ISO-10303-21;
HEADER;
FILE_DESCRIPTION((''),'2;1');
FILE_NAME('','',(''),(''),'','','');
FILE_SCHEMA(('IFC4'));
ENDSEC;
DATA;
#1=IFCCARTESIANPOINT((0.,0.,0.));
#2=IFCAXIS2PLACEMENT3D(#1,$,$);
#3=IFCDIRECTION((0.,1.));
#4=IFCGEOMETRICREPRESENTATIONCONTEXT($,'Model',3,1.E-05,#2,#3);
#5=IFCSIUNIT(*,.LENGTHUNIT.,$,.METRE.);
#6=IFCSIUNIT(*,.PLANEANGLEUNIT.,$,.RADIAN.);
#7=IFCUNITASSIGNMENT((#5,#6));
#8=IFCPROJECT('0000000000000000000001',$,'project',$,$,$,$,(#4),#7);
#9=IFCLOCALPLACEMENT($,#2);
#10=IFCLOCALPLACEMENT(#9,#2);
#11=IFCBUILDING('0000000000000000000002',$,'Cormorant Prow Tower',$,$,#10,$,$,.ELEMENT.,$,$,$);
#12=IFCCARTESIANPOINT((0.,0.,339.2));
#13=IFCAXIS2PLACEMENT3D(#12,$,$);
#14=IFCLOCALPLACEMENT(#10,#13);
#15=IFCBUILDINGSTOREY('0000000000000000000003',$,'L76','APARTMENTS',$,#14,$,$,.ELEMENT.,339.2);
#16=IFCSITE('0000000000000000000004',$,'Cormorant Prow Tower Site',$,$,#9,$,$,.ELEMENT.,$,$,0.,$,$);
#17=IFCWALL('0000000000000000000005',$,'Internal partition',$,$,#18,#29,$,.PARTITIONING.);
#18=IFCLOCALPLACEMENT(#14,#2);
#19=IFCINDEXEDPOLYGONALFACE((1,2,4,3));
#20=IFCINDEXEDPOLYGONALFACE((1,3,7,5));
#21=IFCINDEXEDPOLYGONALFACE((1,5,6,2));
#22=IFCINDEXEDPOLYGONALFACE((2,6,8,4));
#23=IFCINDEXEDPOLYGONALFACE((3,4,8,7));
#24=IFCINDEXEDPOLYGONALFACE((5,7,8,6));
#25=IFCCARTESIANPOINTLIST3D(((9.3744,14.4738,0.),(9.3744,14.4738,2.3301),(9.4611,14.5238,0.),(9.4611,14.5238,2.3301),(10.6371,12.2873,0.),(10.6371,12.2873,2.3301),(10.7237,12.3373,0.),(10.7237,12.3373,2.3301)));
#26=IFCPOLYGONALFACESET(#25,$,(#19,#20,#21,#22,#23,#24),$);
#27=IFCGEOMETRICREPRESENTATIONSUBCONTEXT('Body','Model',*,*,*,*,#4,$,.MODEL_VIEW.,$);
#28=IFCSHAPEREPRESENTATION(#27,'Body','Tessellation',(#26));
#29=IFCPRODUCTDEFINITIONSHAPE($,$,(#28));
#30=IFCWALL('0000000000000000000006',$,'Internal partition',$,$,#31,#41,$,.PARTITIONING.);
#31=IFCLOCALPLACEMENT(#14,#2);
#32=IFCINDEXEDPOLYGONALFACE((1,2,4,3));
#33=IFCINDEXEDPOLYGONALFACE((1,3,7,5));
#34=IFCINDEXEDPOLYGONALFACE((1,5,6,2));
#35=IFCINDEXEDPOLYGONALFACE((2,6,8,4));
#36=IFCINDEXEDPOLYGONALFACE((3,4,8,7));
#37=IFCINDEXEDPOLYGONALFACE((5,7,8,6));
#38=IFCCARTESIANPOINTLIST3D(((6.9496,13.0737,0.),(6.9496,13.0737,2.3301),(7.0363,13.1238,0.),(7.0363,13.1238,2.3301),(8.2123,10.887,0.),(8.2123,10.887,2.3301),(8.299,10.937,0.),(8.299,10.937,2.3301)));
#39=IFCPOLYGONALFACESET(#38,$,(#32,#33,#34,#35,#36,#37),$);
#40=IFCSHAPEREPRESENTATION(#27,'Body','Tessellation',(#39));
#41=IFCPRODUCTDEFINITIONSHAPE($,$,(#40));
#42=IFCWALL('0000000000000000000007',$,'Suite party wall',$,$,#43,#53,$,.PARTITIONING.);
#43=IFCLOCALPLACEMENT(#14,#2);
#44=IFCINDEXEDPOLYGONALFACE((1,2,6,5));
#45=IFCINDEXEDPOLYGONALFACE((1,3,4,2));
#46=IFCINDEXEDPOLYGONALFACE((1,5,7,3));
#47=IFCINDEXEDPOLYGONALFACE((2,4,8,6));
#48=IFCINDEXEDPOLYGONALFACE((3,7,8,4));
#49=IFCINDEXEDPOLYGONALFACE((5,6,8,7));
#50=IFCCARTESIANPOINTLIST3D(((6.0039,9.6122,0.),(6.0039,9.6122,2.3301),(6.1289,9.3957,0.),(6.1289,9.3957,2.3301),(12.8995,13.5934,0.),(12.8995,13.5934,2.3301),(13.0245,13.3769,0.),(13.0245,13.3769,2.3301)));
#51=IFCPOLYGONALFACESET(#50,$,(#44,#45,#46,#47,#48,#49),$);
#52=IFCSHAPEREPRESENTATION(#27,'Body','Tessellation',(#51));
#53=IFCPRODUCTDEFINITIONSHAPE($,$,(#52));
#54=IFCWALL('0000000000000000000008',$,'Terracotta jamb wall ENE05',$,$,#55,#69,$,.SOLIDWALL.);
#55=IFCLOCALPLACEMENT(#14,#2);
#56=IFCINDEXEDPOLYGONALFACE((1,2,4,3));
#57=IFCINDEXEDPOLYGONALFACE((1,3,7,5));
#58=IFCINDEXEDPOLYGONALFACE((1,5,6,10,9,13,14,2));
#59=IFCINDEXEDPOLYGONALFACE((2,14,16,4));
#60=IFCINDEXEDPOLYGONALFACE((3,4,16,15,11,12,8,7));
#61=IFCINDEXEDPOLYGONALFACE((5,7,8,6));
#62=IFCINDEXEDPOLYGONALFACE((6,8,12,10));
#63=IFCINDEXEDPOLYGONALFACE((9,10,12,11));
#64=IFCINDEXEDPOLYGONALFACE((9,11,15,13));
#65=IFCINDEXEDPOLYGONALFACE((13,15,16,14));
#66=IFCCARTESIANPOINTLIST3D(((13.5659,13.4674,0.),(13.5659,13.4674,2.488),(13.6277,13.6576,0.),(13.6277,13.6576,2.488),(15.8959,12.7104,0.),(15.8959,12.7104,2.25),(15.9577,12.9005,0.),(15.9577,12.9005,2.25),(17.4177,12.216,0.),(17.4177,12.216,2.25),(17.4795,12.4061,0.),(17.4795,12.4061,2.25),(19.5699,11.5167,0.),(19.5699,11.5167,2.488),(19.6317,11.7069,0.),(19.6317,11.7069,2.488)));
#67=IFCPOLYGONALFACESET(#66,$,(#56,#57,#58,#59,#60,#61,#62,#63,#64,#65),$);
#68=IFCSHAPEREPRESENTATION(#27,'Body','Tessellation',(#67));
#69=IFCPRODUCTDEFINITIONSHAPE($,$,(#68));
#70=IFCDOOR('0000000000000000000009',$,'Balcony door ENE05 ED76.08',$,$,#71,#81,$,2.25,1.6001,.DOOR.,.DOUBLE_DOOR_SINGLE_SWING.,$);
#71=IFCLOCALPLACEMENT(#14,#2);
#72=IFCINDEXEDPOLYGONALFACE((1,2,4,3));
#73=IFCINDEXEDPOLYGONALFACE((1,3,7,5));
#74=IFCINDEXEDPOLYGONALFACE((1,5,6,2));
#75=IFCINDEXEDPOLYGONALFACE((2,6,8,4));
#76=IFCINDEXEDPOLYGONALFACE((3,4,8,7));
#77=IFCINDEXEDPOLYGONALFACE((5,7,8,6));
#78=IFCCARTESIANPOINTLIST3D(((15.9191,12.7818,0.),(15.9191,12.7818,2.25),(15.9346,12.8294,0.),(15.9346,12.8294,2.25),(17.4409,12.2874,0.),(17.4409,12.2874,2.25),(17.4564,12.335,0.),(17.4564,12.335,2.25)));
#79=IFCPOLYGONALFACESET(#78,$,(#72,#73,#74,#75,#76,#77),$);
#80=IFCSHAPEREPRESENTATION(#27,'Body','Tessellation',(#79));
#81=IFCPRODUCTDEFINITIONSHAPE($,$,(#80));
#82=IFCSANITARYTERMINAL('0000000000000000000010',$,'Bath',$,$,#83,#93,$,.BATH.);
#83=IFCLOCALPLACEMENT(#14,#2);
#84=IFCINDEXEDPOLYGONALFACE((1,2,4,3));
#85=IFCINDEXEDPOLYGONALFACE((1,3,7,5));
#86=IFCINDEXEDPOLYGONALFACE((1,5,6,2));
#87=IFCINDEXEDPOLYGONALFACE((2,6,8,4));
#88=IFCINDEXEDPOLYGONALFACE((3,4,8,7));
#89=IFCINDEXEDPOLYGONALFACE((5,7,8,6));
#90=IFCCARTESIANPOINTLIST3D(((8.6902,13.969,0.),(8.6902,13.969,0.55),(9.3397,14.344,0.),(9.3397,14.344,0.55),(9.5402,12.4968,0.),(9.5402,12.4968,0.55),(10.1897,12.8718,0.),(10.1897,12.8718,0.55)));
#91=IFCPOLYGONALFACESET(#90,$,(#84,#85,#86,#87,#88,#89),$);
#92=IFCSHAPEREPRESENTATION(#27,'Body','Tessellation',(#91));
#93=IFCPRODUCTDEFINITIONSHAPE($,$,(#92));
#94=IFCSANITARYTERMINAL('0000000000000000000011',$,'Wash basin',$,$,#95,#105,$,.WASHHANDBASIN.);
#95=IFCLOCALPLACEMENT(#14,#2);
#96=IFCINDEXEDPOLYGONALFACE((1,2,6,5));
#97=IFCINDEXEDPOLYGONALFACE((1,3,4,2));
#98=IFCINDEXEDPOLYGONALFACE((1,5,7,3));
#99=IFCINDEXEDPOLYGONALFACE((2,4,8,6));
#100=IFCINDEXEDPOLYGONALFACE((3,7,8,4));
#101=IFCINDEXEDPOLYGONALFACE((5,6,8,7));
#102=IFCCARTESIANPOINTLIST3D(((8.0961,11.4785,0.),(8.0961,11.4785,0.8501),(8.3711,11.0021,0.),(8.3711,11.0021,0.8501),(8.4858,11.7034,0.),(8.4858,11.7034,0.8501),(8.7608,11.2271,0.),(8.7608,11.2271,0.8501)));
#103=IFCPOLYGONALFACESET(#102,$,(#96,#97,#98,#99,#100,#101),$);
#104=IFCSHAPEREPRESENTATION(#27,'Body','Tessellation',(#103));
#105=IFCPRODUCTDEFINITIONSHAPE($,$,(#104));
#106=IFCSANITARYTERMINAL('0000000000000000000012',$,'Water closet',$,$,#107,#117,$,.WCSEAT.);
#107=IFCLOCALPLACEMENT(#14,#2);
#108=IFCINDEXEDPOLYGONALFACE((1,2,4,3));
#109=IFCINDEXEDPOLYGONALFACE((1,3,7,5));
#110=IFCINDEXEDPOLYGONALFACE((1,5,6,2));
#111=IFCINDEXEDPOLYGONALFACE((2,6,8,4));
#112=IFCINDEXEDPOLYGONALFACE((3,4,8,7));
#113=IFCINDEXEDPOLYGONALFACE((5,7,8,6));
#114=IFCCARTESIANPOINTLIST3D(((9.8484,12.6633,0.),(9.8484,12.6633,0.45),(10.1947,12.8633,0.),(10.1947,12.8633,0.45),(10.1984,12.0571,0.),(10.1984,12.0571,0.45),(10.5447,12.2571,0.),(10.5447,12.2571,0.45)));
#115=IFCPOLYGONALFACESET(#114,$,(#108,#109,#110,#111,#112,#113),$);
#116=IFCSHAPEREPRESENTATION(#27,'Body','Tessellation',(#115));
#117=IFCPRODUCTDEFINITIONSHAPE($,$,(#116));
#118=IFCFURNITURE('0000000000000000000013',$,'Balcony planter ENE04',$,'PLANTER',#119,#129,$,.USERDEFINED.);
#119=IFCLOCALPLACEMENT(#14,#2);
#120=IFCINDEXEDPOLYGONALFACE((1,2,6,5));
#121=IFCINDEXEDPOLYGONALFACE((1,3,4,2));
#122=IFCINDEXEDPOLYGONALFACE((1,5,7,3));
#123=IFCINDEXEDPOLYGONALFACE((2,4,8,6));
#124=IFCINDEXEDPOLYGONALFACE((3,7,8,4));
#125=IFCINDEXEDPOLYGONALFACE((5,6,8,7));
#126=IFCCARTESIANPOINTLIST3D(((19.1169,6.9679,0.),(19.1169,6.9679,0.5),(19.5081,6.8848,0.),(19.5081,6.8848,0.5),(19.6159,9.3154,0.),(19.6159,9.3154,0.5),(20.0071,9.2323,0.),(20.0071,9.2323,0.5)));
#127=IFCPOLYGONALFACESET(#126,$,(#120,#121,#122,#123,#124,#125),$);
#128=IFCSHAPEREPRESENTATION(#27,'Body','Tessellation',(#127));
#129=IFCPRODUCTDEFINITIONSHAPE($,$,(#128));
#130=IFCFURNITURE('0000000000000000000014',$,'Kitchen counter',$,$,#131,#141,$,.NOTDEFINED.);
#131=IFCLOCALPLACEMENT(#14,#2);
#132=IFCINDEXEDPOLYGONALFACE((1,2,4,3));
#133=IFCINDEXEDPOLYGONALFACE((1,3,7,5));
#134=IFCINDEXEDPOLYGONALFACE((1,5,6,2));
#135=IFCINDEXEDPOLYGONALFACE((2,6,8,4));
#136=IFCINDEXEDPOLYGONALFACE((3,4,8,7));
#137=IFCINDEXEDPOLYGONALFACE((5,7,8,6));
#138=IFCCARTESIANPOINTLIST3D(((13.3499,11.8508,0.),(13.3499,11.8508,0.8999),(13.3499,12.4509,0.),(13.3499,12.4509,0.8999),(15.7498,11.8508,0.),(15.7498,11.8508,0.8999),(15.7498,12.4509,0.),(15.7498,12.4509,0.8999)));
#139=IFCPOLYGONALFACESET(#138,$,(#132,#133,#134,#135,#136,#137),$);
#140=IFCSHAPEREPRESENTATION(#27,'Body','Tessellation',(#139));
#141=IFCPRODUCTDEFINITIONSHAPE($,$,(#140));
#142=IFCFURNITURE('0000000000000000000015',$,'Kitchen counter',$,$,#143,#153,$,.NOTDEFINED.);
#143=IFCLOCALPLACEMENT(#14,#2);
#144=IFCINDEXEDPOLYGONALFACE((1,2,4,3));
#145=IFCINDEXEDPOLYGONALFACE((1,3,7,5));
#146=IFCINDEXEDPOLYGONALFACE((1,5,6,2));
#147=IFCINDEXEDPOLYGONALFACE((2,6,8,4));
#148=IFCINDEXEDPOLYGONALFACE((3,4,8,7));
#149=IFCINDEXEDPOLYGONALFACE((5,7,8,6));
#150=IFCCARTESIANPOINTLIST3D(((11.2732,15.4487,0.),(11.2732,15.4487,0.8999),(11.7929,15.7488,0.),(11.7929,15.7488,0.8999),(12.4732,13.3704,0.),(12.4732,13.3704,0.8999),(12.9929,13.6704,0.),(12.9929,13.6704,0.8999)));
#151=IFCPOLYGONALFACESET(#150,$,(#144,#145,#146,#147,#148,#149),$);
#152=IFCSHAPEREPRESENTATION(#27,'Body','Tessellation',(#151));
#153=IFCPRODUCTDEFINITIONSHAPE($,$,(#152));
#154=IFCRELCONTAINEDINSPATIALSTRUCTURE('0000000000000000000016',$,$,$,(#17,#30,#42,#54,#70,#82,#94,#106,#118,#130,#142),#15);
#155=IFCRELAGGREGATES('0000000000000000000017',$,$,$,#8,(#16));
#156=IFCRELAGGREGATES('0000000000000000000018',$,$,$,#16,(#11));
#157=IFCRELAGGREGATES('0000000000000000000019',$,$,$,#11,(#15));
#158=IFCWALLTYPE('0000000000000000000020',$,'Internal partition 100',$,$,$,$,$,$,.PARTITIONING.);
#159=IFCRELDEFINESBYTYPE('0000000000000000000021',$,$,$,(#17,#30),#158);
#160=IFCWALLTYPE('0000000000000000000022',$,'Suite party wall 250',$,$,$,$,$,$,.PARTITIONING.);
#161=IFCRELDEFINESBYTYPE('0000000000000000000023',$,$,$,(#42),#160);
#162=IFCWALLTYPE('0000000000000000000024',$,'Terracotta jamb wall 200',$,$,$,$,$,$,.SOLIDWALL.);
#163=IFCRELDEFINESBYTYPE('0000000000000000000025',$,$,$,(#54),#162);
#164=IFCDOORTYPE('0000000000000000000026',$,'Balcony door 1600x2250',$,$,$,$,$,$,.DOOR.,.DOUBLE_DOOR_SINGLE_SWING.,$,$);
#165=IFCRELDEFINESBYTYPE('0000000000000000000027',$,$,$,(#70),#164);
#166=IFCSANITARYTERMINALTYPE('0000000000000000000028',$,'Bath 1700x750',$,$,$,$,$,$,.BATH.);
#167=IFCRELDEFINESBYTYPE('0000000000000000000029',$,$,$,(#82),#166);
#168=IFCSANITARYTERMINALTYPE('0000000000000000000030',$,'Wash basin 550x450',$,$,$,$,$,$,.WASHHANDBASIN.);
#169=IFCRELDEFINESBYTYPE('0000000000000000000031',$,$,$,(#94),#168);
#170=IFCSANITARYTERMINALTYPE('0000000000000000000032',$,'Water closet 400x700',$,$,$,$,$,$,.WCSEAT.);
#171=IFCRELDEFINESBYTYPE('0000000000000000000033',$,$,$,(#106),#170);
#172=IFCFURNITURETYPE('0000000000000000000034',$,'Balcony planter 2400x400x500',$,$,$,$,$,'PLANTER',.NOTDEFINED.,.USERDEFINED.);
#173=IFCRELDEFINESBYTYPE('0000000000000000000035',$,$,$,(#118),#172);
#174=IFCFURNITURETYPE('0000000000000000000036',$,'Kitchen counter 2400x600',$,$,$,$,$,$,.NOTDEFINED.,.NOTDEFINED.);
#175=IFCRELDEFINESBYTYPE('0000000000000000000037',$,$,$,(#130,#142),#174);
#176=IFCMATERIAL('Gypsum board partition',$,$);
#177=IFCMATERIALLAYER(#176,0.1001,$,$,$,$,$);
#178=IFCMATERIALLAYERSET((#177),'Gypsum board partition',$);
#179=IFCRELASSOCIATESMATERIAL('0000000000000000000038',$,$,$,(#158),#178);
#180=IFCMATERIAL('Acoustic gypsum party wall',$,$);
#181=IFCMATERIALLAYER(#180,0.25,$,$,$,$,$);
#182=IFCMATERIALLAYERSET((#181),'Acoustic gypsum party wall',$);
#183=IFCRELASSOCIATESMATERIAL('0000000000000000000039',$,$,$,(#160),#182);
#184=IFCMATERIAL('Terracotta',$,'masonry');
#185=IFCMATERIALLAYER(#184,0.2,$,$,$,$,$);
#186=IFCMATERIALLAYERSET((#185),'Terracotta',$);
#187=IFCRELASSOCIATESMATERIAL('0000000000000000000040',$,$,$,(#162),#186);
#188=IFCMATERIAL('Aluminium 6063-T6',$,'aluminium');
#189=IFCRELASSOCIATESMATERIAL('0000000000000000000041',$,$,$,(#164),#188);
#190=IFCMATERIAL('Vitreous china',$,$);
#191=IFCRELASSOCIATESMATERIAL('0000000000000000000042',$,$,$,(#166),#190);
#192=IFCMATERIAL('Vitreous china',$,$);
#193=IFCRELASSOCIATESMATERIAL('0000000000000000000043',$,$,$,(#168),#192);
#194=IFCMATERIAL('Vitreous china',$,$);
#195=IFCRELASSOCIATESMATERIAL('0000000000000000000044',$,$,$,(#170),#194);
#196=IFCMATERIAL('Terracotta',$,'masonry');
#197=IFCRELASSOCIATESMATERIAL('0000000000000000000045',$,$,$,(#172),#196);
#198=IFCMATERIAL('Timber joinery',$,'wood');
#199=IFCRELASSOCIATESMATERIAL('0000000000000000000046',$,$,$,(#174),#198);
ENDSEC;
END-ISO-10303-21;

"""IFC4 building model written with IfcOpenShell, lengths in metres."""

from ifc_helpers import new_model, si_unit, direction, frame, frame_2d, origin, origin_2d, place, context, subcontext, project, spatial, rectangle, extrude, material, layer, layer_set, type_object, element, fill, save


model = new_model("IFC4")

# Units and contexts
model_context = context("Model", 3, precision=1e-05, world=origin(), true_north=direction((0.0, 1.0)))
body_context = subcontext(model_context, "Body", "Model", "MODEL_VIEW")
ifc_project = project(units=[si_unit("LENGTHUNIT", "METRE"), si_unit("PLANEANGLEUNIT", "RADIAN")], contexts=[model_context])

# Site, building, storey
site_placement = place(None, origin())
site = spatial("IfcSite", under=ifc_project, at=site_placement, Name="Cormorant Prow Tower Site", CompositionType="ELEMENT", RefElevation=0.0)
building_placement = place(site_placement, origin())
building = spatial("IfcBuilding", under=site, at=building_placement, Name="Cormorant Prow Tower", CompositionType="ELEMENT")
storey_placement = place(building_placement, frame((0.0, 0.0, 339.2)))
storey = spatial("IfcBuildingStorey", under=building, at=storey_placement, Name="L76", Description="APARTMENTS", CompositionType="ELEMENT", Elevation=339.2)

# Shared definitions
ifc_material_1 = material(Name="Gypsum board partition")
ifc_layer_1 = layer(ifc_material_1, 0.1001)
ifc_layer_set_1 = layer_set([ifc_layer_1], Name="Gypsum board partition")
wall_type_1 = type_object("IfcWallType", Name="Internal partition 100", PredefinedType="PARTITIONING", material=ifc_layer_set_1)

# Walls
wall_1_placement = place(storey_placement, frame((9.4177, 14.4988, 0.0), z_axis=(0.0, 0.0, 1.0), x_axis=(0.500091, -0.865973, 0.0)))
element("IfcWall", 1, at=wall_1_placement, inside=storey, type_object=wall_type_1, Name="Internal partition", PredefinedType="PARTITIONING", context=body_context, shape_type="SweptSolid", body=[
    extrude(rectangle(XDim=2.5249, YDim=0.1001, at=frame_2d((1.2625, 0.0))), origin(), (0.0, 0.0, 1.0), 2.3301),
])
wall_2_placement = place(storey_placement, frame((6.9929, 13.0989, 0.0), z_axis=(0.0, 0.0, 1.0), x_axis=(0.500049, -0.865997, 0.0)))
element("IfcWall", 2, at=wall_2_placement, inside=storey, type_object=wall_type_1, Name="Internal partition", PredefinedType="PARTITIONING", context=body_context, shape_type="SweptSolid", body=[
    extrude(rectangle(XDim=2.5251, YDim=0.1001, at=frame_2d((1.2627, 0.0))), origin(), (0.0, 0.0, 1.0), 2.3301),
])
ifc_material_2 = material(Name="Acoustic gypsum party wall")
ifc_layer_2 = layer(ifc_material_2, 0.25)
ifc_layer_set_2 = layer_set([ifc_layer_2], Name="Acoustic gypsum party wall")
wall_type_2 = type_object("IfcWallType", Name="Suite party wall 250", PredefinedType="PARTITIONING", material=ifc_layer_set_2)
wall_3_placement = place(storey_placement, frame((6.0664, 9.5039, 0.0), z_axis=(0.0, 0.0, 1.0), x_axis=(0.866021, 0.500007, 0.0)))
element("IfcWall", 3, at=wall_3_placement, inside=storey, type_object=wall_type_2, Name="Suite party wall", PredefinedType="PARTITIONING", context=body_context, shape_type="SweptSolid", body=[
    extrude(rectangle(XDim=7.9624, YDim=0.25, at=frame_2d((3.9812, 0.0))), origin(), (0.0, 0.0, 1.0), 2.3301),
])

# Wall, opening, door
ifc_material_3 = material(Name="Terracotta", Category="masonry")
ifc_layer_3 = layer(ifc_material_3, 0.2)
ifc_layer_set_3 = layer_set([ifc_layer_3], Name="Terracotta")
wall_type_3 = type_object("IfcWallType", Name="Terracotta jamb wall 200", PredefinedType="SOLIDWALL", material=ifc_layer_set_3)
wall_4_placement = place(storey_placement, frame((19.6008, 11.6118, 0.0), z_axis=(0.0, 0.0, 1.0), x_axis=(-0.951065, 0.308991, 0.0)))
wall_4 = element("IfcWall", 4, at=wall_4_placement, inside=storey, type_object=wall_type_3, Name="Terracotta jamb wall ENE05", PredefinedType="SOLIDWALL", context=body_context, shape_type="SweptSolid", body=[
    extrude(rectangle(XDim=6.313, YDim=0.2, at=frame_2d((3.1565, 0.0))), origin(), (0.0, 0.0, 1.0), 2.488),
])
opening_1_placement = place(wall_4_placement, frame((2.2629, 0.0, 0.0)))
opening_1 = element("IfcOpeningElement", 5, at=opening_1_placement, cuts=wall_4, PredefinedType="OPENING", context=body_context, shape_type="SweptSolid", body=[
    extrude(rectangle(XDim=1.6001, YDim=2.25, at=frame_2d((0.8, 1.125))), frame((0.0, 0.1099, 0.0), z_axis=(0.0, -1.0, 0.0), x_axis=(1.0, 0.0, 0.0)), (0.0, 0.0, 1.0), 0.22),
])
ifc_material_4 = material(Name="Aluminium 6063-T6", Category="aluminium")
door_type_1 = type_object("IfcDoorType", Name="Balcony door 1600x2250", OperationType="DOUBLE_DOOR_SINGLE_SWING", PredefinedType="DOOR", material=ifc_material_4)
door_1_placement = place(opening_1_placement, origin())
door_1 = element("IfcDoor", 6, at=door_1_placement, inside=storey, type_object=door_type_1, Name="Balcony door ENE05 ED76.08", OperationType="DOUBLE_DOOR_SINGLE_SWING", OverallHeight=2.25, OverallWidth=1.6001, PredefinedType="DOOR", context=body_context, shape_type="SweptSolid", body=[
    extrude(rectangle(XDim=1.6001, YDim=2.25, at=frame_2d((0.8, 1.125))), frame((0.0, 0.0249, 0.0), z_axis=(0.0, -1.0, 0.0), x_axis=(1.0, 0.0, 0.0)), (0.0, 0.0, 1.0), 0.05),
])
fill(opening_1, door_1)

# Sanitary terminals
ifc_material_5 = material(Name="Vitreous china")
sanitary_terminal_type_1 = type_object("IfcSanitaryTerminalType", Name="Bath 1700x750", PredefinedType="BATH", material=ifc_material_5)
sanitary_terminal_1_placement = place(storey_placement, frame((9.4399, 13.4204, 0.0), z_axis=(0.0, 0.0, 1.0), x_axis=(0.5, -0.866025, 0.0)))
element("IfcSanitaryTerminal", 7, at=sanitary_terminal_1_placement, inside=storey, type_object=sanitary_terminal_type_1, Name="Bath", PredefinedType="BATH", context=body_context, shape_type="SweptSolid", body=[
    extrude(rectangle(XDim=1.7, YDim=0.75, at=origin_2d()), origin(), (0.0, 0.0, 1.0), 0.55),
])
ifc_material_6 = material(Name="Vitreous china")
sanitary_terminal_type_2 = type_object("IfcSanitaryTerminalType", Name="Wash basin 550x450", PredefinedType="WASHHANDBASIN", material=ifc_material_6)
sanitary_terminal_2_placement = place(storey_placement, frame((8.4285, 11.3528, 0.0), z_axis=(0.0, 0.0, 1.0), x_axis=(-0.5, 0.866025, 0.0)))
element("IfcSanitaryTerminal", 8, at=sanitary_terminal_2_placement, inside=storey, type_object=sanitary_terminal_type_2, Name="Wash basin", PredefinedType="WASHHANDBASIN", context=body_context, shape_type="SweptSolid", body=[
    extrude(rectangle(XDim=0.55, YDim=0.45, at=origin_2d()), origin(), (0.0, 0.0, 1.0), 0.8501),
])
ifc_material_7 = material(Name="Vitreous china")
sanitary_terminal_type_3 = type_object("IfcSanitaryTerminalType", Name="Water closet 400x700", PredefinedType="WCSEAT", material=ifc_material_7)
sanitary_terminal_3_placement = place(storey_placement, frame((10.1965, 12.4602, 0.0), z_axis=(0.0, 0.0, 1.0), x_axis=(-0.866025, -0.5, 0.0)))
element("IfcSanitaryTerminal", 9, at=sanitary_terminal_3_placement, inside=storey, type_object=sanitary_terminal_type_3, Name="Water closet", PredefinedType="WCSEAT", context=body_context, shape_type="SweptSolid", body=[
    extrude(rectangle(XDim=0.3999, YDim=0.7, at=origin_2d()), origin(), (0.0, 0.0, 1.0), 0.45),
])

# Furniture
ifc_material_8 = material(Name="Terracotta", Category="masonry")
furniture_type_1 = type_object("IfcFurnitureType", Name="Balcony planter 2400x400x500", ElementType="PLANTER", AssemblyPlace="NOTDEFINED", PredefinedType="USERDEFINED", material=ifc_material_8)
furniture_placement = place(storey_placement, frame((19.562, 8.1001, 0.0), z_axis=(0.0, 0.0, 1.0), x_axis=(0.207912, 0.978148, 0.0)))
element("IfcFurniture", 10, at=furniture_placement, inside=storey, type_object=furniture_type_1, Name="Balcony planter ENE04", ObjectType="PLANTER", PredefinedType="USERDEFINED", context=body_context, shape_type="SweptSolid", body=[
    extrude(rectangle(XDim=2.3999, YDim=0.3999, at=origin_2d()), origin(), (0.0, 0.0, 1.0), 0.5),
])
ifc_material_9 = material(Name="Timber joinery", Category="wood")
furniture_type_2 = type_object("IfcFurnitureType", Name="Kitchen counter 2400x600", AssemblyPlace="NOTDEFINED", PredefinedType="NOTDEFINED", material=ifc_material_9)
for number, where, z_axis, x_axis, name in (
    (11, (14.5498, 12.1509, 0.0), (0.0, 0.0, 1.0), (1.0, 0.0, 0.0), "Kitchen counter"),
    (12, (12.1331, 14.5596, 0.0), (0.0, 0.0, 1.0), (-0.5, 0.866025, 0.0), "Kitchen counter"),
):
    element("IfcFurniture", number, at=place(storey_placement, frame(where, z_axis=z_axis, x_axis=x_axis)), inside=storey, type_object=furniture_type_2, Name=name, PredefinedType="NOTDEFINED", context=body_context, shape_type="SweptSolid", body=[
        extrude(rectangle(XDim=2.3999, YDim=0.6001, at=origin_2d()), origin(), (0.0, 0.0, 1.0), 0.8999),
    ])

save(model, "model.ifc")
